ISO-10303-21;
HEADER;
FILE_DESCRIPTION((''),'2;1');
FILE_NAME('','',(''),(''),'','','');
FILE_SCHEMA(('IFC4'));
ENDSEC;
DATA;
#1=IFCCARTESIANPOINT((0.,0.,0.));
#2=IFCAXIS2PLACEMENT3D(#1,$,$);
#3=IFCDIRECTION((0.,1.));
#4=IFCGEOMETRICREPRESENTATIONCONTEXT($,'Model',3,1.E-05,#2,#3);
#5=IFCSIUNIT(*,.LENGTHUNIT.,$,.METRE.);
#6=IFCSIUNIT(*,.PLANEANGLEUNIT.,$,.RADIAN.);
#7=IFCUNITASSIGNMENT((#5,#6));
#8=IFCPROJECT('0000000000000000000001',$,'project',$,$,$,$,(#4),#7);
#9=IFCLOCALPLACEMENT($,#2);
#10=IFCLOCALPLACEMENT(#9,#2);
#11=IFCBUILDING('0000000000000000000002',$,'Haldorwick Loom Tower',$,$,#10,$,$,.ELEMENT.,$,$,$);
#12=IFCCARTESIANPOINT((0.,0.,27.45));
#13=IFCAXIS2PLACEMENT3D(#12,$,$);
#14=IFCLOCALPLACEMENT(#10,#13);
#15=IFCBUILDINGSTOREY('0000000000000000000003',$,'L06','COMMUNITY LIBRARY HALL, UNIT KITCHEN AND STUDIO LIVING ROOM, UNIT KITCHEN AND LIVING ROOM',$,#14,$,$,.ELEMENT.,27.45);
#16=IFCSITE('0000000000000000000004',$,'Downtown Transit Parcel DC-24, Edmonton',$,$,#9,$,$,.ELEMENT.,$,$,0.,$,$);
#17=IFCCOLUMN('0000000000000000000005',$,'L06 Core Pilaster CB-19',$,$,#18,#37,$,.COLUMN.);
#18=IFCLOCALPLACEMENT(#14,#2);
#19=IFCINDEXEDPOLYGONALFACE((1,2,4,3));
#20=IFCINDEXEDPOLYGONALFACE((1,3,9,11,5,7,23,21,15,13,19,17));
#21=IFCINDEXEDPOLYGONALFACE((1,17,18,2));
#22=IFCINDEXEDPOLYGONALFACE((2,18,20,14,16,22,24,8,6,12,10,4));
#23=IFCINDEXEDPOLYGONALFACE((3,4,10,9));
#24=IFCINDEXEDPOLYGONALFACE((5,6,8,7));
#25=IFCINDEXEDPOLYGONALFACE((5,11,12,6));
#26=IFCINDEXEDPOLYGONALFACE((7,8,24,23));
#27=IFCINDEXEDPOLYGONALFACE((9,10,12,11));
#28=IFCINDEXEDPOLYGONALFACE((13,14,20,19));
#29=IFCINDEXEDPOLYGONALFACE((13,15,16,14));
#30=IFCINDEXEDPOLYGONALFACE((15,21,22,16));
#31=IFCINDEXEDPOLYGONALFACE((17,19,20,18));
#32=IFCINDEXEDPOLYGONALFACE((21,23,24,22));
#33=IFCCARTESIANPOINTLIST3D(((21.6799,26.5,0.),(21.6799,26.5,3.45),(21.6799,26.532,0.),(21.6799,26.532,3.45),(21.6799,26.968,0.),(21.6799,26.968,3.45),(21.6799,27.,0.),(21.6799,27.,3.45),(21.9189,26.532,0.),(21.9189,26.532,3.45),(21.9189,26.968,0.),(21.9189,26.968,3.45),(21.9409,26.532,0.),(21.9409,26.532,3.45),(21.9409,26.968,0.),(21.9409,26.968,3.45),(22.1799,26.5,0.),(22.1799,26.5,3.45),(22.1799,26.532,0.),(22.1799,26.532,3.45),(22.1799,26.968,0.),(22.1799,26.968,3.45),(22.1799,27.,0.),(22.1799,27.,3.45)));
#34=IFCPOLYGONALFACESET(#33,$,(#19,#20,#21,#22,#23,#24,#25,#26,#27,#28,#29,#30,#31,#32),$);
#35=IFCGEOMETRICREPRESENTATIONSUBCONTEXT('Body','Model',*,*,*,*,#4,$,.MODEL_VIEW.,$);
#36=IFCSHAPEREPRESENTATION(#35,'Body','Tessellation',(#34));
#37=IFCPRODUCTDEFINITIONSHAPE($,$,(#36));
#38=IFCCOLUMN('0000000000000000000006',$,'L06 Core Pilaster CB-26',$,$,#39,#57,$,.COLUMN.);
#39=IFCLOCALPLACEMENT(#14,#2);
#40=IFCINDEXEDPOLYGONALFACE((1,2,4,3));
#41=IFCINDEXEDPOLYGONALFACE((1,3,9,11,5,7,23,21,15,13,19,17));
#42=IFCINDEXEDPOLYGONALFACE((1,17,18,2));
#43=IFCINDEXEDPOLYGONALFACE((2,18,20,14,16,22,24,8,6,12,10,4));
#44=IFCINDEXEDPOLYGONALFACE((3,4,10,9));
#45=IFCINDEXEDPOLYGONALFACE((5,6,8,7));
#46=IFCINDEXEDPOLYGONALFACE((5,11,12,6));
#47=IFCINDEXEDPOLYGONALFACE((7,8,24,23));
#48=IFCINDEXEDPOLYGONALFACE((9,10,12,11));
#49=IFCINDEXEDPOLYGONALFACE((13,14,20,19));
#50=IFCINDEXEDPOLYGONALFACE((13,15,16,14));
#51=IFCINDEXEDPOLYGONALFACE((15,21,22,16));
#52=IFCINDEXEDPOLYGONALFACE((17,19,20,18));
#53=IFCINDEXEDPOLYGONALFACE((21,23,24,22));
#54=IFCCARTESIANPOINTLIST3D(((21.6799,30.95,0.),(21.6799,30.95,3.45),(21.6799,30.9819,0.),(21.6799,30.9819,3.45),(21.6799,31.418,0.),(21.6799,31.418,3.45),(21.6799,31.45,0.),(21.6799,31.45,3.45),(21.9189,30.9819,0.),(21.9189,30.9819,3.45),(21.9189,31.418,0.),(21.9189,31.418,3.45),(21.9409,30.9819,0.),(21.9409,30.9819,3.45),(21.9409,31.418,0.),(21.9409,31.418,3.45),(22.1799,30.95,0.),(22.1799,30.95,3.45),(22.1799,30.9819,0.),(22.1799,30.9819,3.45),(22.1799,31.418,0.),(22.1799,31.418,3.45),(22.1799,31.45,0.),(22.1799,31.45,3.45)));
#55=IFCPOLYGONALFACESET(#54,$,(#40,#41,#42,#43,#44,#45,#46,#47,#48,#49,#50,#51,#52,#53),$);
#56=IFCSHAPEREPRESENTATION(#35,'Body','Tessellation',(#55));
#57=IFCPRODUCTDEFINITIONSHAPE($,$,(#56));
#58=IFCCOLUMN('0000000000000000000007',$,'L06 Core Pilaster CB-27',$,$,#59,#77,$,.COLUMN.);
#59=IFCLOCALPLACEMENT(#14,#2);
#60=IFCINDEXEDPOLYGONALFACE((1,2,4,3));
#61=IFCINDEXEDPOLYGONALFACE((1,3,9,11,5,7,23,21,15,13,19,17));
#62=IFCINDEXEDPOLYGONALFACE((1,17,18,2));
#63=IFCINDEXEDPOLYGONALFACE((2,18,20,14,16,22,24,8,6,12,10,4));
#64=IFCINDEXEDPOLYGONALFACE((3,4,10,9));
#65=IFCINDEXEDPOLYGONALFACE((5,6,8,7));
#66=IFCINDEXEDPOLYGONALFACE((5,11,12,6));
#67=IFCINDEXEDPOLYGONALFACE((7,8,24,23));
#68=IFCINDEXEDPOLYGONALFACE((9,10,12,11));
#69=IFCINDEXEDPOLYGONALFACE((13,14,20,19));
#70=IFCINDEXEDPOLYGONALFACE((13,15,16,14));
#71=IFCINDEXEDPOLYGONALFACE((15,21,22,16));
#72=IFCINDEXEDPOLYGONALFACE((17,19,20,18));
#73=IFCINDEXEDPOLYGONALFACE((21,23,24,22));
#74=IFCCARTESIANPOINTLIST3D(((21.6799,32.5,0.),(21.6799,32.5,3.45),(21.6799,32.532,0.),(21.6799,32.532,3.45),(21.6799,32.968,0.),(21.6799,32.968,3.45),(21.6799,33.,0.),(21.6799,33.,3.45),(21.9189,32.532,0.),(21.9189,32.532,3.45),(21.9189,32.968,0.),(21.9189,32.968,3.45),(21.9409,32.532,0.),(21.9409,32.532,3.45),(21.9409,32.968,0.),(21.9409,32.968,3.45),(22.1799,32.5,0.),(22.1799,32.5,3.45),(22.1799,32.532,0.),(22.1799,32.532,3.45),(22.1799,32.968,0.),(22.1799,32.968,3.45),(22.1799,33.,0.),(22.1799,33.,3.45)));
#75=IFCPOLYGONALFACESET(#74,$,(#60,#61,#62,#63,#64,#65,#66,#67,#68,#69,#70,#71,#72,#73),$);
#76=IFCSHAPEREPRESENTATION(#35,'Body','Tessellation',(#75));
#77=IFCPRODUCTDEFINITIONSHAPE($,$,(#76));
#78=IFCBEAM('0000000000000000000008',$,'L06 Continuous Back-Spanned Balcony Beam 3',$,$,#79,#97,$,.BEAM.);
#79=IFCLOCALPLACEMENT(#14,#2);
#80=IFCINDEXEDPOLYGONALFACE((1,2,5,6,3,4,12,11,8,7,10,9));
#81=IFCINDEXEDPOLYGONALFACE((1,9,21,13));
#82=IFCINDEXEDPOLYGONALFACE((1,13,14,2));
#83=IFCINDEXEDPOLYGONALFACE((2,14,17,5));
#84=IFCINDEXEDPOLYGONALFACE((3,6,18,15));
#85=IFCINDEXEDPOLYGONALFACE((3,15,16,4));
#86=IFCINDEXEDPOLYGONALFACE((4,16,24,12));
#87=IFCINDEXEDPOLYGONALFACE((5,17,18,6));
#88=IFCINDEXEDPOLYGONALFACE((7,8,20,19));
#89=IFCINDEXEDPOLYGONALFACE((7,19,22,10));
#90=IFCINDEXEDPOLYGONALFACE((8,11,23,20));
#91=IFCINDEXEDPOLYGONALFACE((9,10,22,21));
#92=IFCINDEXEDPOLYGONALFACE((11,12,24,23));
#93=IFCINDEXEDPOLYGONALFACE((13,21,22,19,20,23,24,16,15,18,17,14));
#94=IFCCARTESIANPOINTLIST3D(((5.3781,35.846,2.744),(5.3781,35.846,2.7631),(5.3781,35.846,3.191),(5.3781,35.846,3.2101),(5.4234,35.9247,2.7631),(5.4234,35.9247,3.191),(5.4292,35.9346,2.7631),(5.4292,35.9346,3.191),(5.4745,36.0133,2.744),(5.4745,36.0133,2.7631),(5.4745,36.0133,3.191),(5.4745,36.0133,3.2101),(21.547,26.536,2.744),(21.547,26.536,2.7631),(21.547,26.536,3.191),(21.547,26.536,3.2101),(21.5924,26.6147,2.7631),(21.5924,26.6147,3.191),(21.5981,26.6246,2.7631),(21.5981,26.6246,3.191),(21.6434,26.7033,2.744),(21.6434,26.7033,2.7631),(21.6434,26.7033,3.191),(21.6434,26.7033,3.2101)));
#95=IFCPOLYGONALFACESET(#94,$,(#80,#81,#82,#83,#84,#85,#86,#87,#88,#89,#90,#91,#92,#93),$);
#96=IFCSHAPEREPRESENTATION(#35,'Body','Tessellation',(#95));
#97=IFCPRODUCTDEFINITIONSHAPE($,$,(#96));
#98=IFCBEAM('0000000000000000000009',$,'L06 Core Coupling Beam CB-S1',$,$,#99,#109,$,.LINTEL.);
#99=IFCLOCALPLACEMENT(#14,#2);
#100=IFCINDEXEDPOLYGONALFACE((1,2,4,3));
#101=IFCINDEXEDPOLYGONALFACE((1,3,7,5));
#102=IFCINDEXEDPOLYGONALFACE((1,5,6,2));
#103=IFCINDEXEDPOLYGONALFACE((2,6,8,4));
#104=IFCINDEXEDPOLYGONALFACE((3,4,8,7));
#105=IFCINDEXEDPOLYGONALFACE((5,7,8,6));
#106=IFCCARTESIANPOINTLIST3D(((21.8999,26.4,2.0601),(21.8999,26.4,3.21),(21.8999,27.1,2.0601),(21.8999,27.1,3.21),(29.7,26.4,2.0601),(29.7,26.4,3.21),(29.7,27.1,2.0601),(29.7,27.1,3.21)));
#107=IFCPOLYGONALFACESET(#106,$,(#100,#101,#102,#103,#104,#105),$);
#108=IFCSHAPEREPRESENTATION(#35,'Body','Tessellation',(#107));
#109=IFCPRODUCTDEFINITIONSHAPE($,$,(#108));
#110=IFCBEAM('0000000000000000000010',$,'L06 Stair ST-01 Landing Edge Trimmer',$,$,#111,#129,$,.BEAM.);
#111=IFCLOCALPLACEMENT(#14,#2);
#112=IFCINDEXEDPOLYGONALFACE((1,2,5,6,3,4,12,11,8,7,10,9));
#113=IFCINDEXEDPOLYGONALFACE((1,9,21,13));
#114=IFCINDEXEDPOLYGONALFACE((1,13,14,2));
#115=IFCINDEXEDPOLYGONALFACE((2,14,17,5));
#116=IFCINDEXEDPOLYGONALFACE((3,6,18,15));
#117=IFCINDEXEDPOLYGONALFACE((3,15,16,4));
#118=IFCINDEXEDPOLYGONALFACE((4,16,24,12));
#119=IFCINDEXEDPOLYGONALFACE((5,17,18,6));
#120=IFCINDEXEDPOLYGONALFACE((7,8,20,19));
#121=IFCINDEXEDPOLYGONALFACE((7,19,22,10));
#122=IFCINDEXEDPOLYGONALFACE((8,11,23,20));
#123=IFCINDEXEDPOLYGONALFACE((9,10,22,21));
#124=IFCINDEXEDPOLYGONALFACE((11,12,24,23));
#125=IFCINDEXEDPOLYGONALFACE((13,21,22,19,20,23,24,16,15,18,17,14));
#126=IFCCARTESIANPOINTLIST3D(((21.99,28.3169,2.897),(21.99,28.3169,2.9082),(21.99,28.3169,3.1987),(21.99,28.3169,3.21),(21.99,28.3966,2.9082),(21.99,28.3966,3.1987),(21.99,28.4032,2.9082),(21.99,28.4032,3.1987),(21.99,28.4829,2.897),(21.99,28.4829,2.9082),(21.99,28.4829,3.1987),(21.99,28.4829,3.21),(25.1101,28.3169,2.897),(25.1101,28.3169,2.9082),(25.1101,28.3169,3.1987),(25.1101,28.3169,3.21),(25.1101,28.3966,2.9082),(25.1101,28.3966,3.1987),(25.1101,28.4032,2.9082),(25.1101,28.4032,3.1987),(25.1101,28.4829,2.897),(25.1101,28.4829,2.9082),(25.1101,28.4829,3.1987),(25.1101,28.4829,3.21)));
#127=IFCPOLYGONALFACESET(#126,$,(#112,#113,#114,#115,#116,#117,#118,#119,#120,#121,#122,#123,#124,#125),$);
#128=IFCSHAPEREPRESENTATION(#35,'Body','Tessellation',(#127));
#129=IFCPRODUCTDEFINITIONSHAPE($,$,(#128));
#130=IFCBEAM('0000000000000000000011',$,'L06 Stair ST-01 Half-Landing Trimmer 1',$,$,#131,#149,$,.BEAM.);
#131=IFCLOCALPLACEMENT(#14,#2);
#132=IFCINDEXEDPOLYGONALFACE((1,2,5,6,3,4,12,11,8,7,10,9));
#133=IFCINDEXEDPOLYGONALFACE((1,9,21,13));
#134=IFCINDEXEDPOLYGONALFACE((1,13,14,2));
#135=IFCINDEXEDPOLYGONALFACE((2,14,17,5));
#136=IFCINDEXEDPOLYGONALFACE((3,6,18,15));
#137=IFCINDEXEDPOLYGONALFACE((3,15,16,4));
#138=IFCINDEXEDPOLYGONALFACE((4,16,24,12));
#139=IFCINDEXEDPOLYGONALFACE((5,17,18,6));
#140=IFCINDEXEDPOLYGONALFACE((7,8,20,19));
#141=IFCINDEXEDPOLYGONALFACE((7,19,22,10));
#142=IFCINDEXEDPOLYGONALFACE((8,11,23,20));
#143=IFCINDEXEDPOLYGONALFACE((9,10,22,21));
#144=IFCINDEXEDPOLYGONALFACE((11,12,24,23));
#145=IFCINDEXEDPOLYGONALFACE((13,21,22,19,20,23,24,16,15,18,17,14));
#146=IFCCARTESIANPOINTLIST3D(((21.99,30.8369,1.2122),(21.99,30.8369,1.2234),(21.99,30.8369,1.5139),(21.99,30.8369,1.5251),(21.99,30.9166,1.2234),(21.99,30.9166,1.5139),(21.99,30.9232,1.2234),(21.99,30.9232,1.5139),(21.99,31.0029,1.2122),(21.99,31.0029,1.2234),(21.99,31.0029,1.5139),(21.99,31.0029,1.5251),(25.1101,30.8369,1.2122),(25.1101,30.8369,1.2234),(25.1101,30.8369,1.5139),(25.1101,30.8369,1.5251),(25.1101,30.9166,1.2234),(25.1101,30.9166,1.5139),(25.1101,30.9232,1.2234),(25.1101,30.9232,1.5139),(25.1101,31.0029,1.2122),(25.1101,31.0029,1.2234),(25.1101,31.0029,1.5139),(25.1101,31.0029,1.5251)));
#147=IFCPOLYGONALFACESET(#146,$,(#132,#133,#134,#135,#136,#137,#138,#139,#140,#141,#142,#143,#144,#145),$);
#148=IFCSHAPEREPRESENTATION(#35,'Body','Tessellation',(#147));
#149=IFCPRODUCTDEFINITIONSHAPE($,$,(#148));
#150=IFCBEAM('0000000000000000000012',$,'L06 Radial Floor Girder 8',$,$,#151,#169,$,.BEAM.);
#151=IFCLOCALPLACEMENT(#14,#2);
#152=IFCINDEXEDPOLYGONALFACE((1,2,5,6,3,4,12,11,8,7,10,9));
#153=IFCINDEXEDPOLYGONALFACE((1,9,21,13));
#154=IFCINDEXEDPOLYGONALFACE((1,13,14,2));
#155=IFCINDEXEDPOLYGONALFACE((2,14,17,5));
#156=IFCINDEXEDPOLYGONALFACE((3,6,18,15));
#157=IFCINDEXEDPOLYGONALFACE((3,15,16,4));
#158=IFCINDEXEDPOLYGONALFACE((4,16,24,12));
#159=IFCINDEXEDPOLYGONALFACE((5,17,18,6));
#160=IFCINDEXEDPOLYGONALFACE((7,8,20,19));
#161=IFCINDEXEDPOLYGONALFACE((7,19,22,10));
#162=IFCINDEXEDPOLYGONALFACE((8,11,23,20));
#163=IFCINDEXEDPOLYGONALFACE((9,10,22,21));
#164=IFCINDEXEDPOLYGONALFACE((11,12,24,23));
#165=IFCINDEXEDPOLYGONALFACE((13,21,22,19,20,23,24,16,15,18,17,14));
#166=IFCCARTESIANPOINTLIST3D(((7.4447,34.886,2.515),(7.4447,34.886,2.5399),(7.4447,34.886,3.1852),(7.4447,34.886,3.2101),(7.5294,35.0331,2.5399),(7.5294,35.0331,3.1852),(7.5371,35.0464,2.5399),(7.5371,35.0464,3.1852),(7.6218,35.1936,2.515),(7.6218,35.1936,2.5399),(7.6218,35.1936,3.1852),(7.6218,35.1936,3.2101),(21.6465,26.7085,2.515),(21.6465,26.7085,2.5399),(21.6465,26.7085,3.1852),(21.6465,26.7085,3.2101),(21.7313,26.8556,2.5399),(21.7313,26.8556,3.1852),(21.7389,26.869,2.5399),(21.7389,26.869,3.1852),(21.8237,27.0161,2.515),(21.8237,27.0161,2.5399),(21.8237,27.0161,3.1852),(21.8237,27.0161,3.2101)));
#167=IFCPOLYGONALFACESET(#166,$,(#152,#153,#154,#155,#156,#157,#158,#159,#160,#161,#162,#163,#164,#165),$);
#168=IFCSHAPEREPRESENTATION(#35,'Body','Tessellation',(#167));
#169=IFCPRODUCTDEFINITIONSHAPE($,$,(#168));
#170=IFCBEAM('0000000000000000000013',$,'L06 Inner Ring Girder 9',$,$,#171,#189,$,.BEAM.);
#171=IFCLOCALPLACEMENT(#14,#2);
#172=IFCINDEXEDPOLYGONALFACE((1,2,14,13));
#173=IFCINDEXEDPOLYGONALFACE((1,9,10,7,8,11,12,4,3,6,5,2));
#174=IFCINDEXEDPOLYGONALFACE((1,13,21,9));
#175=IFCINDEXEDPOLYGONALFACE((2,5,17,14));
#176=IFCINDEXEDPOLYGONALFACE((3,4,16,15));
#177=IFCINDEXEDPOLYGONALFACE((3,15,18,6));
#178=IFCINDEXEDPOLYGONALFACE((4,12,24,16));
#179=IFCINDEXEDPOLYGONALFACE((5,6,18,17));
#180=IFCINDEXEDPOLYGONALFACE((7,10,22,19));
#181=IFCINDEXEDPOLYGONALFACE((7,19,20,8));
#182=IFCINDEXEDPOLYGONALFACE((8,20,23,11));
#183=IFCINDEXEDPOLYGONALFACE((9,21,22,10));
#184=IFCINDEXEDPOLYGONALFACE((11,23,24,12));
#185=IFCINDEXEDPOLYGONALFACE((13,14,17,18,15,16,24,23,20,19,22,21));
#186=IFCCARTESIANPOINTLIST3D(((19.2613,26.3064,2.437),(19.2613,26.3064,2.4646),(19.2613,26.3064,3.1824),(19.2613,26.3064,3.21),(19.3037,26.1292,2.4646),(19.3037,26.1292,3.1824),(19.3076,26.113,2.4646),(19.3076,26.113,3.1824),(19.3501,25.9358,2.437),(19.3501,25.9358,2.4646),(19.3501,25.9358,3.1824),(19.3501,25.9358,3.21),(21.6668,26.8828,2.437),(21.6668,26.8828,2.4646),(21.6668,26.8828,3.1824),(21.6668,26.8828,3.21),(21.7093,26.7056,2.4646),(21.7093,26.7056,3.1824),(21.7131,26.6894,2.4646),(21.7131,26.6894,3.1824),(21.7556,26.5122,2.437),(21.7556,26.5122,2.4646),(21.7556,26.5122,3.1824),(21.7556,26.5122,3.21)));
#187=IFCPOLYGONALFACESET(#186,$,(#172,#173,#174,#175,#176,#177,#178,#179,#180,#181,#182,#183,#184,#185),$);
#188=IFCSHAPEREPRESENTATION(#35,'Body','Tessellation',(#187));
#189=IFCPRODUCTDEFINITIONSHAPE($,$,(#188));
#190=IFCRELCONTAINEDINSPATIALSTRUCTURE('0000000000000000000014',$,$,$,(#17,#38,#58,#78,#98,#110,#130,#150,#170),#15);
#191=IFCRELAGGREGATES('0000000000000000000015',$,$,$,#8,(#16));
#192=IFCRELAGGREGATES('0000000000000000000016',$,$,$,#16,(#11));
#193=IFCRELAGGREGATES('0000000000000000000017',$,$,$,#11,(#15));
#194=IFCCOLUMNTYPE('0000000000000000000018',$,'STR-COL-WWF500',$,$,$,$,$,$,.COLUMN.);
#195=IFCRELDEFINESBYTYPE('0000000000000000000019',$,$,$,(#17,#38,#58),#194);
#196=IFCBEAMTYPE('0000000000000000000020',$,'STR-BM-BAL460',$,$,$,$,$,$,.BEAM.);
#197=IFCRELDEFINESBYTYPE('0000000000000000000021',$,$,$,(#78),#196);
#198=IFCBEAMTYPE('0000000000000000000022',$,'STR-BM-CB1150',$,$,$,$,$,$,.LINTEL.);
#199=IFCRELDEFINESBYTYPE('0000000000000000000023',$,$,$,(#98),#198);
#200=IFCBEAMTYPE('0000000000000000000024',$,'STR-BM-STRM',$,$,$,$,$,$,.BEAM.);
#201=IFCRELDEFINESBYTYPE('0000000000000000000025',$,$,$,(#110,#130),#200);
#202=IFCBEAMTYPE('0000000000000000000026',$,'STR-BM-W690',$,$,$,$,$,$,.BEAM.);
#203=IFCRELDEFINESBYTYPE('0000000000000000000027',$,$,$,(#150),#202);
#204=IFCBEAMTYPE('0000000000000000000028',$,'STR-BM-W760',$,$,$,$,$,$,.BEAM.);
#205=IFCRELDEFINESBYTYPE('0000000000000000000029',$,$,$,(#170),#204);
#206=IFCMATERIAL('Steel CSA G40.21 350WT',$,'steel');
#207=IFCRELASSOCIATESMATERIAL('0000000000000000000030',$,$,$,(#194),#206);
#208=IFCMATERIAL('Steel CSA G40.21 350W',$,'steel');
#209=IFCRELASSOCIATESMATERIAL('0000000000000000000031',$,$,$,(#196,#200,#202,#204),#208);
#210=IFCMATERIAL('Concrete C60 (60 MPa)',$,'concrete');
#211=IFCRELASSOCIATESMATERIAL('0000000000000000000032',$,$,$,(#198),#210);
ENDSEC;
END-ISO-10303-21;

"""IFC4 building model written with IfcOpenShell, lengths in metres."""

from ifc_helpers import new_model, si_unit, direction, frame, origin, origin_2d, place, context, subcontext, project, spatial, rectangle, i_section, extrude, material, material_profile, profile_set, type_object, element, save


model = new_model("IFC4")

# Units and contexts
model_context = context("Model", 3, precision=1e-05, world=origin(), true_north=direction((0.0, 1.0)))
body_context = subcontext(model_context, "Body", "Model", "MODEL_VIEW")
ifc_project = project(units=[si_unit("LENGTHUNIT", "METRE"), si_unit("PLANEANGLEUNIT", "RADIAN")], contexts=[model_context])

# Site, building, storey
site_placement = place(None, origin())
site = spatial("IfcSite", under=ifc_project, at=site_placement, Name="Downtown Transit Parcel DC-24, Edmonton", CompositionType="ELEMENT", RefElevation=0.0)
building_placement = place(site_placement, origin())
building = spatial("IfcBuilding", under=site, at=building_placement, Name="Haldorwick Loom Tower", CompositionType="ELEMENT")
storey_placement = place(building_placement, frame((0.0, 0.0, 27.45)))
storey = spatial("IfcBuildingStorey", under=building, at=storey_placement, Name="L06", Description="COMMUNITY LIBRARY HALL, UNIT KITCHEN AND STUDIO LIVING ROOM, UNIT KITCHEN AND LIVING ROOM", CompositionType="ELEMENT", Elevation=27.45)

# Columns
ifc_material_1 = material(Name="Steel CSA G40.21 350WT", Category="steel")
ifc_material_profile_1 = material_profile(ifc_material_1, i_section(OverallWidth=0.5, OverallDepth=0.5, WebThickness=0.022, FlangeThickness=0.032, at=origin_2d()), Name="WWF500X500", Category="steel")
ifc_profile_set_1 = profile_set([ifc_material_profile_1], Name="Steel CSA G40.21 350WT")
column_type = type_object("IfcColumnType", Name="STR-COL-WWF500", PredefinedType="COLUMN", material=ifc_profile_set_1)
for number, where, z_axis, x_axis, name in (
    (1, (21.9299, 26.75, 0.0), (0.0, 0.0, 1.0), (1.0, 0.0, 0.0), "L06 Core Pilaster CB-19"),
    (2, (21.9299, 31.2, 0.0), (0.0, 0.0, 1.0), (1.0, 0.0, 0.0), "L06 Core Pilaster CB-26"),
    (3, (21.9299, 32.75, 0.0), (0.0, 0.0, 1.0), (1.0, 0.0, 0.0), "L06 Core Pilaster CB-27"),
):
    element("IfcColumn", number, at=place(storey_placement, frame(where, z_axis=z_axis, x_axis=x_axis)), inside=storey, type_object=column_type, Name=name, PredefinedType="COLUMN", context=body_context, shape_type="SweptSolid", body=[
        extrude(i_section(OverallWidth=0.5, OverallDepth=0.5, WebThickness=0.022, FlangeThickness=0.032, at=origin_2d()), origin(), (0.0, 0.0, 1.0), 3.45),
    ])

# Beams
ifc_material_2 = material(Name="Steel CSA G40.21 350W", Category="steel")
ifc_material_profile_2 = material_profile(ifc_material_2, i_section(OverallWidth=0.1931, OverallDepth=0.4661, WebThickness=0.0115, FlangeThickness=0.019, at=origin_2d()), Name="W460X97", Category="steel")
ifc_profile_set_2 = profile_set([ifc_material_profile_2], Name="Steel CSA G40.21 350W")
beam_type_1 = type_object("IfcBeamType", Name="STR-BM-BAL460", PredefinedType="BEAM", material=ifc_profile_set_2)
beam_1_placement = place(storey_placement, frame((21.5952, 26.6196, 2.9771), z_axis=(-0.866607, 0.498991, 0.0), x_axis=(-0.498991, -0.866607, 0.0)))
element("IfcBeam", 4, at=beam_1_placement, inside=storey, type_object=beam_type_1, Name="L06 Continuous Back-Spanned Balcony Beam 3", PredefinedType="BEAM", context=body_context, shape_type="SweptSolid", body=[
    extrude(i_section(OverallWidth=0.1931, OverallDepth=0.4661, WebThickness=0.0115, FlangeThickness=0.019, at=origin_2d()), origin(), (0.0, 0.0, 1.0), 18.6577),
])
ifc_material_3 = material(Name="Concrete C60 (60 MPa)", Category="concrete")
ifc_material_profile_3 = material_profile(ifc_material_3, rectangle(XDim=0.7, YDim=1.1499, at=origin_2d()), Name="RC700X1150", Category="concrete")
ifc_profile_set_3 = profile_set([ifc_material_profile_3], Name="Concrete C60 (60 MPa)")
beam_type_2 = type_object("IfcBeamType", Name="STR-BM-CB1150", PredefinedType="LINTEL", material=ifc_profile_set_3)
beam_2_placement = place(storey_placement, frame((21.8999, 26.75, 2.635), z_axis=(1.0, 0.0, 0.0), x_axis=(0.0, 1.0, 0.0)))
element("IfcBeam", 5, at=beam_2_placement, inside=storey, type_object=beam_type_2, Name="L06 Core Coupling Beam CB-S1", PredefinedType="LINTEL", context=body_context, shape_type="SweptSolid", body=[
    extrude(rectangle(XDim=0.7, YDim=1.1499, at=origin_2d()), origin(), (0.0, 0.0, 1.0), 7.8),
])
ifc_material_profile_4 = material_profile(ifc_material_2, i_section(OverallWidth=0.166, OverallDepth=0.313, WebThickness=0.0066, FlangeThickness=0.0112, at=origin_2d()), Name="W310X45", Category="steel")
ifc_profile_set_4 = profile_set([ifc_material_profile_4], Name="Steel CSA G40.21 350W")
beam_type_3 = type_object("IfcBeamType", Name="STR-BM-STRM", PredefinedType="BEAM", material=ifc_profile_set_4)
for number, where, z_axis, x_axis, name in (
    (6, (21.99, 28.3999, 3.0535), (1.0, 0.0, 0.0), (0.0, 1.0, 0.0), "L06 Stair ST-01 Landing Edge Trimmer"),
    (7, (21.99, 30.9199, 1.3687), (1.0, 0.0, 0.0), (0.0, 1.0, 0.0), "L06 Stair ST-01 Half-Landing Trimmer 1"),
):
    element("IfcBeam", number, at=place(storey_placement, frame(where, z_axis=z_axis, x_axis=x_axis)), inside=storey, type_object=beam_type_3, Name=name, PredefinedType="BEAM", context=body_context, shape_type="SweptSolid", body=[
        extrude(i_section(OverallWidth=0.166, OverallDepth=0.313, WebThickness=0.0066, FlangeThickness=0.0112, at=origin_2d()), origin(), (0.0, 0.0, 1.0), 3.1201),
    ])
ifc_material_profile_5 = material_profile(ifc_material_2, i_section(OverallWidth=0.355, OverallDepth=0.6951, WebThickness=0.0154, FlangeThickness=0.0249, at=origin_2d()), Name="W690X217", Category="steel")
ifc_profile_set_5 = profile_set([ifc_material_profile_5], Name="Steel CSA G40.21 350W")
beam_type_4 = type_object("IfcBeamType", Name="STR-BM-W690", PredefinedType="BEAM", material=ifc_profile_set_5)
beam_3_placement = place(storey_placement, frame((21.7351, 26.8623, 2.8625), z_axis=(-0.866606, 0.498994, 0.0), x_axis=(-0.498994, -0.866606, 0.0)))
element("IfcBeam", 8, at=beam_3_placement, inside=storey, type_object=beam_type_4, Name="L06 Radial Floor Girder 8", PredefinedType="BEAM", context=body_context, shape_type="SweptSolid", body=[
    extrude(i_section(OverallWidth=0.355, OverallDepth=0.6951, WebThickness=0.0154, FlangeThickness=0.0249, at=origin_2d()), origin(), (0.0, 0.0, 1.0), 16.3879),
])
ifc_material_profile_6 = material_profile(ifc_material_2, i_section(OverallWidth=0.3811, OverallDepth=0.7729, WebThickness=0.0166, FlangeThickness=0.0276, at=origin_2d()), Name="W760X257", Category="steel")
ifc_profile_set_6 = profile_set([ifc_material_profile_6], Name="Steel CSA G40.21 350W")
beam_type_5 = type_object("IfcBeamType", Name="STR-BM-W760", PredefinedType="BEAM", material=ifc_profile_set_6)
beam_4_placement = place(storey_placement, frame((19.3057, 26.1211, 2.8235), z_axis=(0.972471, 0.233026, 0.0), x_axis=(-0.233026, 0.972471, 0.0)))
element("IfcBeam", 9, at=beam_4_placement, inside=storey, type_object=beam_type_5, Name="L06 Inner Ring Girder 9", PredefinedType="BEAM", context=body_context, shape_type="SweptSolid", body=[
    extrude(i_section(OverallWidth=0.3811, OverallDepth=0.7729, WebThickness=0.0166, FlangeThickness=0.0276, at=origin_2d()), origin(), (0.0, 0.0, 1.0), 2.4736),
])

save(model, "model.ifc")
